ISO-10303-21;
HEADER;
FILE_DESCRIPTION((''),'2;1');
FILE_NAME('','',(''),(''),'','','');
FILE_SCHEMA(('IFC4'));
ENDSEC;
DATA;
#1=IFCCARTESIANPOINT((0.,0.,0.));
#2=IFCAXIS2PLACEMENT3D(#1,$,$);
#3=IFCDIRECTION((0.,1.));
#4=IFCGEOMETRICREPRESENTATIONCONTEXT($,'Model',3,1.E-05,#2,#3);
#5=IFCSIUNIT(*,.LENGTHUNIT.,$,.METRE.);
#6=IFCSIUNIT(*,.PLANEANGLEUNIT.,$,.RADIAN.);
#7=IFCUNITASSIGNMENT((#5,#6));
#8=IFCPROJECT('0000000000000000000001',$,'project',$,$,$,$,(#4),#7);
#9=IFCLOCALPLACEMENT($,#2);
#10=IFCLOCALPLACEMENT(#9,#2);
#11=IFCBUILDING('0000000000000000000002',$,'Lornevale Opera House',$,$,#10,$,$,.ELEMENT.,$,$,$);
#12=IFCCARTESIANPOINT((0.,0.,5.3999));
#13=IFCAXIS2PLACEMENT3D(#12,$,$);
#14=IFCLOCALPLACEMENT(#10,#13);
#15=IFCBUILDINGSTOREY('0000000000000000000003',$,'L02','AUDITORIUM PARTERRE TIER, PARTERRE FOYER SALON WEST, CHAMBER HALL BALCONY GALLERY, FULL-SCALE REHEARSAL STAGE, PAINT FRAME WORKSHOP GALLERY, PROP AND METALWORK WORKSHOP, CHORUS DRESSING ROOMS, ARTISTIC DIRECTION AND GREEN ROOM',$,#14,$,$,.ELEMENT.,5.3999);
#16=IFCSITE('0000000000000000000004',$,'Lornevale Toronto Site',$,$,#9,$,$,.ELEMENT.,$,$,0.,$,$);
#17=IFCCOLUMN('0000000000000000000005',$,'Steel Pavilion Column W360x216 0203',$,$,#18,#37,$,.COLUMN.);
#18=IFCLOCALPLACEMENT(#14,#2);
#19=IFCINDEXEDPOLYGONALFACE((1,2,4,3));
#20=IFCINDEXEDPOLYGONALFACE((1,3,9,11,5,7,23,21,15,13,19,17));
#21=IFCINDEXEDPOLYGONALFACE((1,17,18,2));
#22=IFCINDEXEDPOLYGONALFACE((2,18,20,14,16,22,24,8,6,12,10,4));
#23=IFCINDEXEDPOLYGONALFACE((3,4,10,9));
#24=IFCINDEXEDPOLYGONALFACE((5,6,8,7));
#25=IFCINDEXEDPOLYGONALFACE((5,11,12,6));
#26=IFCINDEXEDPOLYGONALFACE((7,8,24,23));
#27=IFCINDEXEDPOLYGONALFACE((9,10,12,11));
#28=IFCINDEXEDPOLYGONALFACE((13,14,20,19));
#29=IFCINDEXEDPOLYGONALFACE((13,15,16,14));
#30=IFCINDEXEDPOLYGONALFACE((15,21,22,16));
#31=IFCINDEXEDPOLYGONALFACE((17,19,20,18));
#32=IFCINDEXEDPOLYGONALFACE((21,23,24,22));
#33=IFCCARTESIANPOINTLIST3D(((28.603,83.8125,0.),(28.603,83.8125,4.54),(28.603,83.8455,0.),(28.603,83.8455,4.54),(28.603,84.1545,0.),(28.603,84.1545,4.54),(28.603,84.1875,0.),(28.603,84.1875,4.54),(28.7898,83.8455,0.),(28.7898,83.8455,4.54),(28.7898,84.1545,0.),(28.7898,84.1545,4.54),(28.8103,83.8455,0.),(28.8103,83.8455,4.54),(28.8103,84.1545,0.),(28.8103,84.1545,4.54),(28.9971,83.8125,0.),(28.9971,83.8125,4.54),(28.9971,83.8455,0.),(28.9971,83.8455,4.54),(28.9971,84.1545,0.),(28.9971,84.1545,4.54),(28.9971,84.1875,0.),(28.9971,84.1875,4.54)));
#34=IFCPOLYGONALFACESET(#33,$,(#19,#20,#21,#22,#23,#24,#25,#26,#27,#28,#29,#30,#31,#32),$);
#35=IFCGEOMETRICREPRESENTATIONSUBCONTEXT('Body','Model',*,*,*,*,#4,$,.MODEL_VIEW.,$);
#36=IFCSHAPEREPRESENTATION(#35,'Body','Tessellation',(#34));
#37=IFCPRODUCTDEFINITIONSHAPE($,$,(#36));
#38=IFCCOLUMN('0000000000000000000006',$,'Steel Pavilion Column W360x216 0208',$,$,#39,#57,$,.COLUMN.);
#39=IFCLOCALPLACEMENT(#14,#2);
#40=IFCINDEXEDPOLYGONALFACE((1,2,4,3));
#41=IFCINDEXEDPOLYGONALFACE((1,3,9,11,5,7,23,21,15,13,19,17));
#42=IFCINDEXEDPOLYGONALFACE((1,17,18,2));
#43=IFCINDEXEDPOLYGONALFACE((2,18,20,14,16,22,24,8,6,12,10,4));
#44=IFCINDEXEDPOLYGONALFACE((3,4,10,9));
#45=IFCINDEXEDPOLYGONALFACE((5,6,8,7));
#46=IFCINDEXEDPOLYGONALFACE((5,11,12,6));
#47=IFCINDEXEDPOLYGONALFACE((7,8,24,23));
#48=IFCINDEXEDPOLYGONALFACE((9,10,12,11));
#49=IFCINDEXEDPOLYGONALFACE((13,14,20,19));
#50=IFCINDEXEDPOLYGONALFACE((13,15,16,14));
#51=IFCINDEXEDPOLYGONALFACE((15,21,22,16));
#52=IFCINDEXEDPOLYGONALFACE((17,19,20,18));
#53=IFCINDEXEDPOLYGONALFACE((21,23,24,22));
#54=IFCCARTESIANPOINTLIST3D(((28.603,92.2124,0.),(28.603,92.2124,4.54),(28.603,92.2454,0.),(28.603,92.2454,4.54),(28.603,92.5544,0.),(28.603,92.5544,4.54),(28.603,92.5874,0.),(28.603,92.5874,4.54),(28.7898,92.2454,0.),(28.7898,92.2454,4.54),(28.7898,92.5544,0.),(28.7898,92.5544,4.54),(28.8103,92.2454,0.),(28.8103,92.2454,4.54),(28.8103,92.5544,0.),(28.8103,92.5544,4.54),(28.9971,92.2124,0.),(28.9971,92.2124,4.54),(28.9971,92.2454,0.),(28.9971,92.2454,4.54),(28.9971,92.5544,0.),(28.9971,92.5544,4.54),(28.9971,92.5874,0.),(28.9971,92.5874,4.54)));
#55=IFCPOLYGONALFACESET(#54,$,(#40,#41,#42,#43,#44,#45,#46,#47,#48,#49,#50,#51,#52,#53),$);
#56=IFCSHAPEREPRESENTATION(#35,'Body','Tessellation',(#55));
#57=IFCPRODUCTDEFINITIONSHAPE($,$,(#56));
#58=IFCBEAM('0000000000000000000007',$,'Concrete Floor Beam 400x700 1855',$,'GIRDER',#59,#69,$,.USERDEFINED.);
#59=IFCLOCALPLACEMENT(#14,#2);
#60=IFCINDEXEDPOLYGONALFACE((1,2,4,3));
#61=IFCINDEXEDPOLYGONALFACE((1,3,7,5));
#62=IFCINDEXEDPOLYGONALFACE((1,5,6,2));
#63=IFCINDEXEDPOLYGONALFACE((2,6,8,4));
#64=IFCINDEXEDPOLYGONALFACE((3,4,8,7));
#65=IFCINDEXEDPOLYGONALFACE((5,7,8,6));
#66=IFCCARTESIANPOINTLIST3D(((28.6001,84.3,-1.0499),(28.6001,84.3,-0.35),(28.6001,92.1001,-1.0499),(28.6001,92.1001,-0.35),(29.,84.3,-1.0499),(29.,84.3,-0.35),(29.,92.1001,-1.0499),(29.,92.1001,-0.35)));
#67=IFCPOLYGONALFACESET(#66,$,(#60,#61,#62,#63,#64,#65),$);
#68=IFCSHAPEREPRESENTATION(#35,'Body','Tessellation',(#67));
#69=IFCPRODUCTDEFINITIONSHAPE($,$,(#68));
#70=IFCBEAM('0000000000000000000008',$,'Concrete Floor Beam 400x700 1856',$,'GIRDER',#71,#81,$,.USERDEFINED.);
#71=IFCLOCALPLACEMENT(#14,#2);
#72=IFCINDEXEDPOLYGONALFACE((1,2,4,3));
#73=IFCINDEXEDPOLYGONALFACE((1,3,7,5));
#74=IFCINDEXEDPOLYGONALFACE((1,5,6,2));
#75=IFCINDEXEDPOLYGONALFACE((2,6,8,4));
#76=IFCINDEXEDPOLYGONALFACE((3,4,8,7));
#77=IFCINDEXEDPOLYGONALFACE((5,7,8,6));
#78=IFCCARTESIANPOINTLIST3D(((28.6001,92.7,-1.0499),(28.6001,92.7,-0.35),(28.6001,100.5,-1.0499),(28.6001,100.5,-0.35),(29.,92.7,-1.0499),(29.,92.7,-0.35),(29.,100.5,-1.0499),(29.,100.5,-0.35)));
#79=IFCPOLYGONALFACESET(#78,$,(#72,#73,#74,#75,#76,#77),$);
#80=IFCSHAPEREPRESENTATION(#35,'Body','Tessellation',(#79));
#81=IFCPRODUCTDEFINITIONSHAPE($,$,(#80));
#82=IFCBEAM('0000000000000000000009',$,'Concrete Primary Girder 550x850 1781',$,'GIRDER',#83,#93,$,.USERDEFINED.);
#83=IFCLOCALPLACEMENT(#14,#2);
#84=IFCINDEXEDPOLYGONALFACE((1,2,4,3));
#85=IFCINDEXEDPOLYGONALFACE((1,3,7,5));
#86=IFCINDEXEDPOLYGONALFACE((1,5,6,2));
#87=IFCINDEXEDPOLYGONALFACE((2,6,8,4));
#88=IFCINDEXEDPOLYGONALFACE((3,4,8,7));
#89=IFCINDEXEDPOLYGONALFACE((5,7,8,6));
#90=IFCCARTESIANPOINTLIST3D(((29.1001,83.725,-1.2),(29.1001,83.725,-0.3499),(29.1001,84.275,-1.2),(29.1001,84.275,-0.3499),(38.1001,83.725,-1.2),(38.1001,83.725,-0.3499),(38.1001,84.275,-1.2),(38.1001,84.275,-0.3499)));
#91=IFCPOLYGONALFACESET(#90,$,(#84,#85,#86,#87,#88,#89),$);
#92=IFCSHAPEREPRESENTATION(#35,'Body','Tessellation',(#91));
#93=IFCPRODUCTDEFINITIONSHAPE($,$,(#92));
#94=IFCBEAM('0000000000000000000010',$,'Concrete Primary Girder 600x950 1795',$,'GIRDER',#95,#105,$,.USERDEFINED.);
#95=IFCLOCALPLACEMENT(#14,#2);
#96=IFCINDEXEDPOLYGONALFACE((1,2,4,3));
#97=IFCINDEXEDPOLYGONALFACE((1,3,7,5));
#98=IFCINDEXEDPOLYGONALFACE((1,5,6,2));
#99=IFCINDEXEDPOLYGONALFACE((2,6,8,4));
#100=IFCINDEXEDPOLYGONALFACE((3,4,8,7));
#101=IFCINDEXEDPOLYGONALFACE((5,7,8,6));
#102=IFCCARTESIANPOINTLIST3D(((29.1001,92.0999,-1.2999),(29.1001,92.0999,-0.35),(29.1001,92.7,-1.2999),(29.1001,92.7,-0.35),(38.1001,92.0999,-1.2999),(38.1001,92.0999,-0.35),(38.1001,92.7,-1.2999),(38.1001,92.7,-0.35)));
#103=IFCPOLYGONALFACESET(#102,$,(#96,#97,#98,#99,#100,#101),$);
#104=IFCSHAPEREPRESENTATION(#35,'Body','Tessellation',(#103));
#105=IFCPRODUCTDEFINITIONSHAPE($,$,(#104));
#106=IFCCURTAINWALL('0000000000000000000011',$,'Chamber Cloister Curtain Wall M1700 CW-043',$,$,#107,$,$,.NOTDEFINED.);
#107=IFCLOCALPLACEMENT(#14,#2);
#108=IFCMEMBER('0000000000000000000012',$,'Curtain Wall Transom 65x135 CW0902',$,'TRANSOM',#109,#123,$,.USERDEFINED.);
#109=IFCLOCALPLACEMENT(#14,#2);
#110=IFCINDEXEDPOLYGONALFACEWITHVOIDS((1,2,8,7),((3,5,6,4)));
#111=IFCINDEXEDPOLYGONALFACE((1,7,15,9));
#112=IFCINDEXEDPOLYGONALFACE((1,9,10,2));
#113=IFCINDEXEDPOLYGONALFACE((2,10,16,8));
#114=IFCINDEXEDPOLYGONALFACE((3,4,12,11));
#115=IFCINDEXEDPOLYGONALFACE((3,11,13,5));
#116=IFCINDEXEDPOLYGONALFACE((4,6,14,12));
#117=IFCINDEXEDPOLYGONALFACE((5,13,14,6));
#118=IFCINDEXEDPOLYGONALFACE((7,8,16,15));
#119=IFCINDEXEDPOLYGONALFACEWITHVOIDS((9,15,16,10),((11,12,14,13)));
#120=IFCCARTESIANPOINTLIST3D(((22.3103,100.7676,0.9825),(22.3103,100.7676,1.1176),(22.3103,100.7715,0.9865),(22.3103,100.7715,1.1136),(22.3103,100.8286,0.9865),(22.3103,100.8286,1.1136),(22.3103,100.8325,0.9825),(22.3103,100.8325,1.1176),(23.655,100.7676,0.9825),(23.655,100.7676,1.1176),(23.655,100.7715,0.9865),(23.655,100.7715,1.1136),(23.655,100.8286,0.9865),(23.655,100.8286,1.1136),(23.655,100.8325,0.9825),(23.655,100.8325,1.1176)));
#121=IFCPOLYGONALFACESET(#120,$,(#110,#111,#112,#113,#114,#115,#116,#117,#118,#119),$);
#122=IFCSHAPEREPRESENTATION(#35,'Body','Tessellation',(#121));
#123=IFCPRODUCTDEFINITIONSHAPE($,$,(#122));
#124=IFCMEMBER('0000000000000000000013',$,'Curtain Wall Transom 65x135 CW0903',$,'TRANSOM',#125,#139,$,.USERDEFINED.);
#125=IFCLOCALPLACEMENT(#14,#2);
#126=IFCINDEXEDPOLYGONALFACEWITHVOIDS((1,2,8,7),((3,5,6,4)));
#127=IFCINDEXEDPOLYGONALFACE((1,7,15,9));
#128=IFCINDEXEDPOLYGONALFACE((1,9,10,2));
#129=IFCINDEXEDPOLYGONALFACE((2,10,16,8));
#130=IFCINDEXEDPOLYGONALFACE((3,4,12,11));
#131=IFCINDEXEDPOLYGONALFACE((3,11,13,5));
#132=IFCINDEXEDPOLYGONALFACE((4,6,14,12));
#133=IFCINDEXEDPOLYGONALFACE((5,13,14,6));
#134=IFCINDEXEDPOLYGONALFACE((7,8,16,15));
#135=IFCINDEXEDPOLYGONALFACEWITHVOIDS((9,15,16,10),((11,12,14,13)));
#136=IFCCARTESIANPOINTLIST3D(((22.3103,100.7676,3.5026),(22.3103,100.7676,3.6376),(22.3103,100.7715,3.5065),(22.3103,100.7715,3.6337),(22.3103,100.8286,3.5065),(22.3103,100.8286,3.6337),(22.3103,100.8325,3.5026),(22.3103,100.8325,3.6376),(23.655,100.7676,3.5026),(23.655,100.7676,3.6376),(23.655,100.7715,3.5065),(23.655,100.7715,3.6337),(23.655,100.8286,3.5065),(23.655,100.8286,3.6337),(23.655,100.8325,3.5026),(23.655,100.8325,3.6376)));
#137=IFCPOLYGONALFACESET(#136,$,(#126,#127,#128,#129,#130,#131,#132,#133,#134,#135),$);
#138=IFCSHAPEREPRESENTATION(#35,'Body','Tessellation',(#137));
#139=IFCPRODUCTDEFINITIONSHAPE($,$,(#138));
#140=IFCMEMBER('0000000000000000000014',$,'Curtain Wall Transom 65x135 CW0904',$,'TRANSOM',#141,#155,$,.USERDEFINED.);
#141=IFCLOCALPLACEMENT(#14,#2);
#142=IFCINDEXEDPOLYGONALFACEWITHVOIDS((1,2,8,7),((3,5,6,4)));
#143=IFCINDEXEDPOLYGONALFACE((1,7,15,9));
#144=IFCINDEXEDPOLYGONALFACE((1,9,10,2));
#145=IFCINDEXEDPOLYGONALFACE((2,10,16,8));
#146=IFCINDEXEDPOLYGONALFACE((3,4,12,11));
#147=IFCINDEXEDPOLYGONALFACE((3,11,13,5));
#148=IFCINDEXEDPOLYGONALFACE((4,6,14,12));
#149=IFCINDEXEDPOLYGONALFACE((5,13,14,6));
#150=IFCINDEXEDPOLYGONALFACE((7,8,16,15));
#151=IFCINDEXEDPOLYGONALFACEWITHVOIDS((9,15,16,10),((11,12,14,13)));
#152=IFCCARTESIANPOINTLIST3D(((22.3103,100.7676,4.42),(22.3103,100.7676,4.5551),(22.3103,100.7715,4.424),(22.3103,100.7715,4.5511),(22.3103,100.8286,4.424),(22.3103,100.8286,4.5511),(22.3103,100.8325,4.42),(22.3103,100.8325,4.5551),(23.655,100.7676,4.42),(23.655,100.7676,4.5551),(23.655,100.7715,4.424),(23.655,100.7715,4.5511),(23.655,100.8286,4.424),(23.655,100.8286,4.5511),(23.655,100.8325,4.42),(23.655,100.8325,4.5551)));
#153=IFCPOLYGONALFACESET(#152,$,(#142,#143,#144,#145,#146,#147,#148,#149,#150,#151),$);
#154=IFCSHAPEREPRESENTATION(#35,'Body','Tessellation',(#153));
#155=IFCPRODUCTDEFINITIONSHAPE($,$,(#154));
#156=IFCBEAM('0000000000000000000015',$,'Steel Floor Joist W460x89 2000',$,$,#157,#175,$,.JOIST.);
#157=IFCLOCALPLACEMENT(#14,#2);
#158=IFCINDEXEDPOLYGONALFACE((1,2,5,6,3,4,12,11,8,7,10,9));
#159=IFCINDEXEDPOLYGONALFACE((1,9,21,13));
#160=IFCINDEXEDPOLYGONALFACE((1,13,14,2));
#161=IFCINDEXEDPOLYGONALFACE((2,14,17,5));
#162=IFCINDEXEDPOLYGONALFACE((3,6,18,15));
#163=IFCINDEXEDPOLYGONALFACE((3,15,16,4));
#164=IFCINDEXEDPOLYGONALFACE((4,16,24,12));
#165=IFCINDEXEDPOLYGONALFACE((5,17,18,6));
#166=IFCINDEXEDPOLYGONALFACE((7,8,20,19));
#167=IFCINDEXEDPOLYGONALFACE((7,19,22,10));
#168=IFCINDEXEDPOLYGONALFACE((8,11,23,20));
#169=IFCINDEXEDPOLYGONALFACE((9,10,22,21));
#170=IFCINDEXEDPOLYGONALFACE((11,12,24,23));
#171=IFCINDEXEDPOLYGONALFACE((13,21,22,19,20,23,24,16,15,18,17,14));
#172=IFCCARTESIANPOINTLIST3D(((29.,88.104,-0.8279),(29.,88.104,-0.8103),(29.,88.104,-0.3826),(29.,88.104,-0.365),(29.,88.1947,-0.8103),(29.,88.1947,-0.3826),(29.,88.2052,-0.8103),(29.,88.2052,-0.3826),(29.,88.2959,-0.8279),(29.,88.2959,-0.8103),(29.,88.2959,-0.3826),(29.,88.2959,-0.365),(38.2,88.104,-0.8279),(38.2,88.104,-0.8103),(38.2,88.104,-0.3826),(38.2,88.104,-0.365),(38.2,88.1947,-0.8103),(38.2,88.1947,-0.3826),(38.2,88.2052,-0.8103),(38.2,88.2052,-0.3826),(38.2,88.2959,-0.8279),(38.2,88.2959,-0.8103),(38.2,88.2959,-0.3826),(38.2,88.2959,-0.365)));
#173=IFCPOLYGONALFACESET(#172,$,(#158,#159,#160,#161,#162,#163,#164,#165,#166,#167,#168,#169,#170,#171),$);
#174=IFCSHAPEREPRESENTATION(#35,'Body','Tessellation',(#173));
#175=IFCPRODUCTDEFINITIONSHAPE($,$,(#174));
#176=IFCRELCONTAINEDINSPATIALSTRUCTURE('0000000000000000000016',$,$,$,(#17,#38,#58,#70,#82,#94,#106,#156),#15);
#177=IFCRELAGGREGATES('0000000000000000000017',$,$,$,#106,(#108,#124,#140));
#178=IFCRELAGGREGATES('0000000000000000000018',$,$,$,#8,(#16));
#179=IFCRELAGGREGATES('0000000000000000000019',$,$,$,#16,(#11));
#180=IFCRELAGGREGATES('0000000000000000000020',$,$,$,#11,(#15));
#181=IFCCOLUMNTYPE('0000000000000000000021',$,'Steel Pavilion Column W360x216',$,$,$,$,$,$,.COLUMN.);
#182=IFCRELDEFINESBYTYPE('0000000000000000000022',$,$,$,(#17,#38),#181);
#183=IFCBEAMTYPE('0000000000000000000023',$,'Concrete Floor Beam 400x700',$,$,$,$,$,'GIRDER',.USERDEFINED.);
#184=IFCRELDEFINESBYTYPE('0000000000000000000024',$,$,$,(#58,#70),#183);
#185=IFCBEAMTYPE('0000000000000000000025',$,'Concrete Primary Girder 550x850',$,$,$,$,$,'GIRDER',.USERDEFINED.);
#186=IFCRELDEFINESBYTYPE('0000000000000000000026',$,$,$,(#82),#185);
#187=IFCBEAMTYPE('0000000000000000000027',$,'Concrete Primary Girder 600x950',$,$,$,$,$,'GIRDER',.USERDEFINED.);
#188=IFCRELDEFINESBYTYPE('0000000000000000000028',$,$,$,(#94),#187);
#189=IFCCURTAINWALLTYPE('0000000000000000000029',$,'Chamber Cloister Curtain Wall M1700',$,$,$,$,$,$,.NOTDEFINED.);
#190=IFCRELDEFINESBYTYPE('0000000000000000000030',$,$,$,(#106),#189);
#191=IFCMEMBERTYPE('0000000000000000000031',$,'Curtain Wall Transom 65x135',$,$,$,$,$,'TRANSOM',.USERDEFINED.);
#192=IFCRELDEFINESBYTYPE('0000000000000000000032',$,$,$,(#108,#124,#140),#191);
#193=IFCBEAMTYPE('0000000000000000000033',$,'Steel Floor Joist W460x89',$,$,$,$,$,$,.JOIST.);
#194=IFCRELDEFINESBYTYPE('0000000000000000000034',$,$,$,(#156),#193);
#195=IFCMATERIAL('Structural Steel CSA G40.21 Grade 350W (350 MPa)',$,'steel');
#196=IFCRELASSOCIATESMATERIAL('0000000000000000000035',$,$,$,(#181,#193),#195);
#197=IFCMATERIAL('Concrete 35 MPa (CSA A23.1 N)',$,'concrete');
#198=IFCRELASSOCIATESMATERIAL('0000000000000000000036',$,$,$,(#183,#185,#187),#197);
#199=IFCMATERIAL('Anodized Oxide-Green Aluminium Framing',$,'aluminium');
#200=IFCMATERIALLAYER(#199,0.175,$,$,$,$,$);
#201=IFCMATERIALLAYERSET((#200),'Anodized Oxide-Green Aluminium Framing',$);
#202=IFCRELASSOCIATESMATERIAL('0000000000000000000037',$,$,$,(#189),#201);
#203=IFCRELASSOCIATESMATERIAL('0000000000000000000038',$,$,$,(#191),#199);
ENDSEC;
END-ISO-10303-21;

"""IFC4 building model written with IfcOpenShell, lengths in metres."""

from ifc_helpers import new_model, si_unit, direction, frame, origin, origin_2d, place, context, subcontext, project, spatial, rectangle, hollow_rectangle, i_section, extrude, material, layer, layer_set, material_profile, profile_set, type_object, element, aggregate, save


model = new_model("IFC4")

# Units and contexts
model_context = context("Model", 3, precision=1e-05, world=origin(), true_north=direction((0.0, 1.0)))
body_context = subcontext(model_context, "Body", "Model", "MODEL_VIEW")
ifc_project = project(units=[si_unit("LENGTHUNIT", "METRE"), si_unit("PLANEANGLEUNIT", "RADIAN")], contexts=[model_context])

# Site, building, storey
site_placement = place(None, origin())
site = spatial("IfcSite", under=ifc_project, at=site_placement, Name="Lornevale Toronto Site", CompositionType="ELEMENT", RefElevation=0.0)
building_placement = place(site_placement, origin())
building = spatial("IfcBuilding", under=site, at=building_placement, Name="Lornevale Opera House", CompositionType="ELEMENT")
storey_placement = place(building_placement, frame((0.0, 0.0, 5.3999)))
storey = spatial("IfcBuildingStorey", under=building, at=storey_placement, Name="L02", Description="AUDITORIUM PARTERRE TIER, PARTERRE FOYER SALON WEST, CHAMBER HALL BALCONY GALLERY, FULL-SCALE REHEARSAL STAGE, PAINT FRAME WORKSHOP GALLERY, PROP AND METALWORK WORKSHOP, CHORUS DRESSING ROOMS, ARTISTIC DIRECTION AND GREEN ROOM", CompositionType="ELEMENT", Elevation=5.3999)

# Columns
ifc_material_1 = material(Name="Structural Steel CSA G40.21 Grade 350W (350 MPa)", Category="steel")
ifc_material_profile_1 = material_profile(ifc_material_1, i_section(OverallWidth=0.394, OverallDepth=0.375, WebThickness=0.0205, FlangeThickness=0.033, at=origin_2d()), Name="W360x216")
ifc_profile_set_1 = profile_set([ifc_material_profile_1], Name="Structural Steel CSA G40.21 Grade 350W (350 MPa)")
column_type = type_object("IfcColumnType", Name="Steel Pavilion Column W360x216", PredefinedType="COLUMN", material=ifc_profile_set_1)
for number, where, z_axis, x_axis, name in (
    (1, (28.8, 84.0, 0.0), (0.0, 0.0, 1.0), (1.0, 0.0, 0.0), "Steel Pavilion Column W360x216 0203"),
    (2, (28.8, 92.3999, 0.0), (0.0, 0.0, 1.0), (1.0, 0.0, 0.0), "Steel Pavilion Column W360x216 0208"),
):
    element("IfcColumn", number, at=place(storey_placement, frame(where, z_axis=z_axis, x_axis=x_axis)), inside=storey, type_object=column_type, Name=name, PredefinedType="COLUMN", context=body_context, shape_type="SweptSolid", body=[
        extrude(i_section(OverallWidth=0.394, OverallDepth=0.375, WebThickness=0.0205, FlangeThickness=0.033, at=origin_2d()), origin(), (0.0, 0.0, 1.0), 4.54),
    ])

# Beams
ifc_material_2 = material(Name="Concrete 35 MPa (CSA A23.1 N)", Category="concrete")
ifc_material_profile_2 = material_profile(ifc_material_2, rectangle(XDim=0.3999, YDim=0.7, at=origin_2d()), Name="RC400x700")
ifc_profile_set_2 = profile_set([ifc_material_profile_2], Name="Concrete 35 MPa (CSA A23.1 N)")
beam_type_1 = type_object("IfcBeamType", Name="Concrete Floor Beam 400x700", ElementType="GIRDER", PredefinedType="USERDEFINED", material=ifc_profile_set_2)
for number, where, z_axis, x_axis, name in (
    (3, (28.8, 84.3, -0.7), (0.0, 1.0, 0.0), (-1.0, 0.0, 0.0), "Concrete Floor Beam 400x700 1855"),
    (4, (28.8, 92.7, -0.7), (0.0, 1.0, 0.0), (-1.0, 0.0, 0.0), "Concrete Floor Beam 400x700 1856"),
):
    element("IfcBeam", number, at=place(storey_placement, frame(where, z_axis=z_axis, x_axis=x_axis)), inside=storey, type_object=beam_type_1, Name=name, ObjectType="GIRDER", PredefinedType="USERDEFINED", context=body_context, shape_type="SweptSolid", body=[
        extrude(rectangle(XDim=0.3999, YDim=0.7, at=origin_2d()), origin(), (0.0, 0.0, 1.0), 7.8),
    ])
ifc_material_profile_3 = material_profile(ifc_material_2, rectangle(XDim=0.55, YDim=0.8501, at=origin_2d()), Name="RC550x850")
ifc_profile_set_3 = profile_set([ifc_material_profile_3], Name="Concrete 35 MPa (CSA A23.1 N)")
beam_type_2 = type_object("IfcBeamType", Name="Concrete Primary Girder 550x850", ElementType="GIRDER", PredefinedType="USERDEFINED", material=ifc_profile_set_3)
beam_1_placement = place(storey_placement, frame((29.1001, 84.0, -0.7749), z_axis=(1.0, 0.0, 0.0), x_axis=(0.0, 1.0, 0.0)))
element("IfcBeam", 5, at=beam_1_placement, inside=storey, type_object=beam_type_2, Name="Concrete Primary Girder 550x850 1781", ObjectType="GIRDER", PredefinedType="USERDEFINED", context=body_context, shape_type="SweptSolid", body=[
    extrude(rectangle(XDim=0.55, YDim=0.8501, at=origin_2d()), origin(), (0.0, 0.0, 1.0), 9.0),
])
ifc_material_profile_4 = material_profile(ifc_material_2, rectangle(XDim=0.6001, YDim=0.95, at=origin_2d()), Name="RC600x950")
ifc_profile_set_4 = profile_set([ifc_material_profile_4], Name="Concrete 35 MPa (CSA A23.1 N)")
beam_type_3 = type_object("IfcBeamType", Name="Concrete Primary Girder 600x950", ElementType="GIRDER", PredefinedType="USERDEFINED", material=ifc_profile_set_4)
beam_2_placement = place(storey_placement, frame((29.1001, 92.3999, -0.825), z_axis=(1.0, 0.0, 0.0), x_axis=(0.0, 1.0, 0.0)))
element("IfcBeam", 6, at=beam_2_placement, inside=storey, type_object=beam_type_3, Name="Concrete Primary Girder 600x950 1795", ObjectType="GIRDER", PredefinedType="USERDEFINED", context=body_context, shape_type="SweptSolid", body=[
    extrude(rectangle(XDim=0.6001, YDim=0.95, at=origin_2d()), origin(), (0.0, 0.0, 1.0), 9.0),
])

# Curtain wall, members
ifc_material_3 = material(Name="Anodized Oxide-Green Aluminium Framing", Category="aluminium")
ifc_layer_1 = layer(ifc_material_3, 0.175)
ifc_layer_set_1 = layer_set([ifc_layer_1], Name="Anodized Oxide-Green Aluminium Framing")
curtain_wall_type = type_object("IfcCurtainWallType", Name="Chamber Cloister Curtain Wall M1700", PredefinedType="NOTDEFINED", material=ifc_layer_set_1)
curtain_wall_placement = place(storey_placement, origin())
curtain_wall = element("IfcCurtainWall", 7, at=curtain_wall_placement, inside=storey, type_object=curtain_wall_type, Name="Chamber Cloister Curtain Wall M1700 CW-043", PredefinedType="NOTDEFINED")
ifc_material_profile_5 = material_profile(ifc_material_3, hollow_rectangle(XDim=0.0649, YDim=0.135, WallThickness=0.0039, at=origin_2d()), Name="ALU65x135x4")
ifc_profile_set_5 = profile_set([ifc_material_profile_5], Name="Anodized Oxide-Green Aluminium Framing")
member_type = type_object("IfcMemberType", Name="Curtain Wall Transom 65x135", ElementType="TRANSOM", PredefinedType="USERDEFINED", material=ifc_profile_set_5)
member_1_placement = place(storey_placement, frame((22.3103, 100.8, 1.05), z_axis=(1.0, 0.0, 0.0), x_axis=(0.0, 1.0, 0.0)))
member_1 = element("IfcMember", 8, at=member_1_placement, type_object=member_type, Name="Curtain Wall Transom 65x135 CW0902", ObjectType="TRANSOM", PredefinedType="USERDEFINED", context=body_context, shape_type="SweptSolid", body=[
    extrude(hollow_rectangle(XDim=0.0649, YDim=0.135, WallThickness=0.0039, at=origin_2d()), origin(), (0.0, 0.0, 1.0), 1.3447),
])
member_2_placement = place(storey_placement, frame((22.3103, 100.8, 3.5701), z_axis=(1.0, 0.0, 0.0), x_axis=(0.0, 1.0, 0.0)))
member_2 = element("IfcMember", 9, at=member_2_placement, type_object=member_type, Name="Curtain Wall Transom 65x135 CW0903", ObjectType="TRANSOM", PredefinedType="USERDEFINED", context=body_context, shape_type="SweptSolid", body=[
    extrude(hollow_rectangle(XDim=0.0649, YDim=0.135, WallThickness=0.0039, at=origin_2d()), origin(), (0.0, 0.0, 1.0), 1.3447),
])
member_3_placement = place(storey_placement, frame((22.3103, 100.8, 4.4875), z_axis=(1.0, 0.0, 0.0), x_axis=(0.0, 1.0, 0.0)))
member_3 = element("IfcMember", 10, at=member_3_placement, type_object=member_type, Name="Curtain Wall Transom 65x135 CW0904", ObjectType="TRANSOM", PredefinedType="USERDEFINED", context=body_context, shape_type="SweptSolid", body=[
    extrude(hollow_rectangle(XDim=0.0649, YDim=0.135, WallThickness=0.0039, at=origin_2d()), origin(), (0.0, 0.0, 1.0), 1.3447),
])

# Beam
ifc_material_profile_6 = material_profile(ifc_material_1, i_section(OverallWidth=0.1919, OverallDepth=0.4629, WebThickness=0.0105, FlangeThickness=0.0176, at=origin_2d()), Name="W460x89")
ifc_profile_set_6 = profile_set([ifc_material_profile_6], Name="Structural Steel CSA G40.21 Grade 350W (350 MPa)")
beam_type_4 = type_object("IfcBeamType", Name="Steel Floor Joist W460x89", PredefinedType="JOIST", material=ifc_profile_set_6)
for number, where, z_axis, x_axis, name in (
    (11, (29.0, 88.2, -0.5964), (1.0, 0.0, 0.0), (0.0, 1.0, 0.0), "Steel Floor Joist W460x89 2000"),
):
    element("IfcBeam", number, at=place(storey_placement, frame(where, z_axis=z_axis, x_axis=x_axis)), inside=storey, type_object=beam_type_4, Name=name, PredefinedType="JOIST", context=body_context, shape_type="SweptSolid", body=[
        extrude(i_section(OverallWidth=0.1919, OverallDepth=0.4629, WebThickness=0.0105, FlangeThickness=0.0176, at=origin_2d()), origin(), (0.0, 0.0, 1.0), 9.2),
    ])

aggregate(curtain_wall, [member_1, member_2, member_3])

save(model, "model.ifc")
